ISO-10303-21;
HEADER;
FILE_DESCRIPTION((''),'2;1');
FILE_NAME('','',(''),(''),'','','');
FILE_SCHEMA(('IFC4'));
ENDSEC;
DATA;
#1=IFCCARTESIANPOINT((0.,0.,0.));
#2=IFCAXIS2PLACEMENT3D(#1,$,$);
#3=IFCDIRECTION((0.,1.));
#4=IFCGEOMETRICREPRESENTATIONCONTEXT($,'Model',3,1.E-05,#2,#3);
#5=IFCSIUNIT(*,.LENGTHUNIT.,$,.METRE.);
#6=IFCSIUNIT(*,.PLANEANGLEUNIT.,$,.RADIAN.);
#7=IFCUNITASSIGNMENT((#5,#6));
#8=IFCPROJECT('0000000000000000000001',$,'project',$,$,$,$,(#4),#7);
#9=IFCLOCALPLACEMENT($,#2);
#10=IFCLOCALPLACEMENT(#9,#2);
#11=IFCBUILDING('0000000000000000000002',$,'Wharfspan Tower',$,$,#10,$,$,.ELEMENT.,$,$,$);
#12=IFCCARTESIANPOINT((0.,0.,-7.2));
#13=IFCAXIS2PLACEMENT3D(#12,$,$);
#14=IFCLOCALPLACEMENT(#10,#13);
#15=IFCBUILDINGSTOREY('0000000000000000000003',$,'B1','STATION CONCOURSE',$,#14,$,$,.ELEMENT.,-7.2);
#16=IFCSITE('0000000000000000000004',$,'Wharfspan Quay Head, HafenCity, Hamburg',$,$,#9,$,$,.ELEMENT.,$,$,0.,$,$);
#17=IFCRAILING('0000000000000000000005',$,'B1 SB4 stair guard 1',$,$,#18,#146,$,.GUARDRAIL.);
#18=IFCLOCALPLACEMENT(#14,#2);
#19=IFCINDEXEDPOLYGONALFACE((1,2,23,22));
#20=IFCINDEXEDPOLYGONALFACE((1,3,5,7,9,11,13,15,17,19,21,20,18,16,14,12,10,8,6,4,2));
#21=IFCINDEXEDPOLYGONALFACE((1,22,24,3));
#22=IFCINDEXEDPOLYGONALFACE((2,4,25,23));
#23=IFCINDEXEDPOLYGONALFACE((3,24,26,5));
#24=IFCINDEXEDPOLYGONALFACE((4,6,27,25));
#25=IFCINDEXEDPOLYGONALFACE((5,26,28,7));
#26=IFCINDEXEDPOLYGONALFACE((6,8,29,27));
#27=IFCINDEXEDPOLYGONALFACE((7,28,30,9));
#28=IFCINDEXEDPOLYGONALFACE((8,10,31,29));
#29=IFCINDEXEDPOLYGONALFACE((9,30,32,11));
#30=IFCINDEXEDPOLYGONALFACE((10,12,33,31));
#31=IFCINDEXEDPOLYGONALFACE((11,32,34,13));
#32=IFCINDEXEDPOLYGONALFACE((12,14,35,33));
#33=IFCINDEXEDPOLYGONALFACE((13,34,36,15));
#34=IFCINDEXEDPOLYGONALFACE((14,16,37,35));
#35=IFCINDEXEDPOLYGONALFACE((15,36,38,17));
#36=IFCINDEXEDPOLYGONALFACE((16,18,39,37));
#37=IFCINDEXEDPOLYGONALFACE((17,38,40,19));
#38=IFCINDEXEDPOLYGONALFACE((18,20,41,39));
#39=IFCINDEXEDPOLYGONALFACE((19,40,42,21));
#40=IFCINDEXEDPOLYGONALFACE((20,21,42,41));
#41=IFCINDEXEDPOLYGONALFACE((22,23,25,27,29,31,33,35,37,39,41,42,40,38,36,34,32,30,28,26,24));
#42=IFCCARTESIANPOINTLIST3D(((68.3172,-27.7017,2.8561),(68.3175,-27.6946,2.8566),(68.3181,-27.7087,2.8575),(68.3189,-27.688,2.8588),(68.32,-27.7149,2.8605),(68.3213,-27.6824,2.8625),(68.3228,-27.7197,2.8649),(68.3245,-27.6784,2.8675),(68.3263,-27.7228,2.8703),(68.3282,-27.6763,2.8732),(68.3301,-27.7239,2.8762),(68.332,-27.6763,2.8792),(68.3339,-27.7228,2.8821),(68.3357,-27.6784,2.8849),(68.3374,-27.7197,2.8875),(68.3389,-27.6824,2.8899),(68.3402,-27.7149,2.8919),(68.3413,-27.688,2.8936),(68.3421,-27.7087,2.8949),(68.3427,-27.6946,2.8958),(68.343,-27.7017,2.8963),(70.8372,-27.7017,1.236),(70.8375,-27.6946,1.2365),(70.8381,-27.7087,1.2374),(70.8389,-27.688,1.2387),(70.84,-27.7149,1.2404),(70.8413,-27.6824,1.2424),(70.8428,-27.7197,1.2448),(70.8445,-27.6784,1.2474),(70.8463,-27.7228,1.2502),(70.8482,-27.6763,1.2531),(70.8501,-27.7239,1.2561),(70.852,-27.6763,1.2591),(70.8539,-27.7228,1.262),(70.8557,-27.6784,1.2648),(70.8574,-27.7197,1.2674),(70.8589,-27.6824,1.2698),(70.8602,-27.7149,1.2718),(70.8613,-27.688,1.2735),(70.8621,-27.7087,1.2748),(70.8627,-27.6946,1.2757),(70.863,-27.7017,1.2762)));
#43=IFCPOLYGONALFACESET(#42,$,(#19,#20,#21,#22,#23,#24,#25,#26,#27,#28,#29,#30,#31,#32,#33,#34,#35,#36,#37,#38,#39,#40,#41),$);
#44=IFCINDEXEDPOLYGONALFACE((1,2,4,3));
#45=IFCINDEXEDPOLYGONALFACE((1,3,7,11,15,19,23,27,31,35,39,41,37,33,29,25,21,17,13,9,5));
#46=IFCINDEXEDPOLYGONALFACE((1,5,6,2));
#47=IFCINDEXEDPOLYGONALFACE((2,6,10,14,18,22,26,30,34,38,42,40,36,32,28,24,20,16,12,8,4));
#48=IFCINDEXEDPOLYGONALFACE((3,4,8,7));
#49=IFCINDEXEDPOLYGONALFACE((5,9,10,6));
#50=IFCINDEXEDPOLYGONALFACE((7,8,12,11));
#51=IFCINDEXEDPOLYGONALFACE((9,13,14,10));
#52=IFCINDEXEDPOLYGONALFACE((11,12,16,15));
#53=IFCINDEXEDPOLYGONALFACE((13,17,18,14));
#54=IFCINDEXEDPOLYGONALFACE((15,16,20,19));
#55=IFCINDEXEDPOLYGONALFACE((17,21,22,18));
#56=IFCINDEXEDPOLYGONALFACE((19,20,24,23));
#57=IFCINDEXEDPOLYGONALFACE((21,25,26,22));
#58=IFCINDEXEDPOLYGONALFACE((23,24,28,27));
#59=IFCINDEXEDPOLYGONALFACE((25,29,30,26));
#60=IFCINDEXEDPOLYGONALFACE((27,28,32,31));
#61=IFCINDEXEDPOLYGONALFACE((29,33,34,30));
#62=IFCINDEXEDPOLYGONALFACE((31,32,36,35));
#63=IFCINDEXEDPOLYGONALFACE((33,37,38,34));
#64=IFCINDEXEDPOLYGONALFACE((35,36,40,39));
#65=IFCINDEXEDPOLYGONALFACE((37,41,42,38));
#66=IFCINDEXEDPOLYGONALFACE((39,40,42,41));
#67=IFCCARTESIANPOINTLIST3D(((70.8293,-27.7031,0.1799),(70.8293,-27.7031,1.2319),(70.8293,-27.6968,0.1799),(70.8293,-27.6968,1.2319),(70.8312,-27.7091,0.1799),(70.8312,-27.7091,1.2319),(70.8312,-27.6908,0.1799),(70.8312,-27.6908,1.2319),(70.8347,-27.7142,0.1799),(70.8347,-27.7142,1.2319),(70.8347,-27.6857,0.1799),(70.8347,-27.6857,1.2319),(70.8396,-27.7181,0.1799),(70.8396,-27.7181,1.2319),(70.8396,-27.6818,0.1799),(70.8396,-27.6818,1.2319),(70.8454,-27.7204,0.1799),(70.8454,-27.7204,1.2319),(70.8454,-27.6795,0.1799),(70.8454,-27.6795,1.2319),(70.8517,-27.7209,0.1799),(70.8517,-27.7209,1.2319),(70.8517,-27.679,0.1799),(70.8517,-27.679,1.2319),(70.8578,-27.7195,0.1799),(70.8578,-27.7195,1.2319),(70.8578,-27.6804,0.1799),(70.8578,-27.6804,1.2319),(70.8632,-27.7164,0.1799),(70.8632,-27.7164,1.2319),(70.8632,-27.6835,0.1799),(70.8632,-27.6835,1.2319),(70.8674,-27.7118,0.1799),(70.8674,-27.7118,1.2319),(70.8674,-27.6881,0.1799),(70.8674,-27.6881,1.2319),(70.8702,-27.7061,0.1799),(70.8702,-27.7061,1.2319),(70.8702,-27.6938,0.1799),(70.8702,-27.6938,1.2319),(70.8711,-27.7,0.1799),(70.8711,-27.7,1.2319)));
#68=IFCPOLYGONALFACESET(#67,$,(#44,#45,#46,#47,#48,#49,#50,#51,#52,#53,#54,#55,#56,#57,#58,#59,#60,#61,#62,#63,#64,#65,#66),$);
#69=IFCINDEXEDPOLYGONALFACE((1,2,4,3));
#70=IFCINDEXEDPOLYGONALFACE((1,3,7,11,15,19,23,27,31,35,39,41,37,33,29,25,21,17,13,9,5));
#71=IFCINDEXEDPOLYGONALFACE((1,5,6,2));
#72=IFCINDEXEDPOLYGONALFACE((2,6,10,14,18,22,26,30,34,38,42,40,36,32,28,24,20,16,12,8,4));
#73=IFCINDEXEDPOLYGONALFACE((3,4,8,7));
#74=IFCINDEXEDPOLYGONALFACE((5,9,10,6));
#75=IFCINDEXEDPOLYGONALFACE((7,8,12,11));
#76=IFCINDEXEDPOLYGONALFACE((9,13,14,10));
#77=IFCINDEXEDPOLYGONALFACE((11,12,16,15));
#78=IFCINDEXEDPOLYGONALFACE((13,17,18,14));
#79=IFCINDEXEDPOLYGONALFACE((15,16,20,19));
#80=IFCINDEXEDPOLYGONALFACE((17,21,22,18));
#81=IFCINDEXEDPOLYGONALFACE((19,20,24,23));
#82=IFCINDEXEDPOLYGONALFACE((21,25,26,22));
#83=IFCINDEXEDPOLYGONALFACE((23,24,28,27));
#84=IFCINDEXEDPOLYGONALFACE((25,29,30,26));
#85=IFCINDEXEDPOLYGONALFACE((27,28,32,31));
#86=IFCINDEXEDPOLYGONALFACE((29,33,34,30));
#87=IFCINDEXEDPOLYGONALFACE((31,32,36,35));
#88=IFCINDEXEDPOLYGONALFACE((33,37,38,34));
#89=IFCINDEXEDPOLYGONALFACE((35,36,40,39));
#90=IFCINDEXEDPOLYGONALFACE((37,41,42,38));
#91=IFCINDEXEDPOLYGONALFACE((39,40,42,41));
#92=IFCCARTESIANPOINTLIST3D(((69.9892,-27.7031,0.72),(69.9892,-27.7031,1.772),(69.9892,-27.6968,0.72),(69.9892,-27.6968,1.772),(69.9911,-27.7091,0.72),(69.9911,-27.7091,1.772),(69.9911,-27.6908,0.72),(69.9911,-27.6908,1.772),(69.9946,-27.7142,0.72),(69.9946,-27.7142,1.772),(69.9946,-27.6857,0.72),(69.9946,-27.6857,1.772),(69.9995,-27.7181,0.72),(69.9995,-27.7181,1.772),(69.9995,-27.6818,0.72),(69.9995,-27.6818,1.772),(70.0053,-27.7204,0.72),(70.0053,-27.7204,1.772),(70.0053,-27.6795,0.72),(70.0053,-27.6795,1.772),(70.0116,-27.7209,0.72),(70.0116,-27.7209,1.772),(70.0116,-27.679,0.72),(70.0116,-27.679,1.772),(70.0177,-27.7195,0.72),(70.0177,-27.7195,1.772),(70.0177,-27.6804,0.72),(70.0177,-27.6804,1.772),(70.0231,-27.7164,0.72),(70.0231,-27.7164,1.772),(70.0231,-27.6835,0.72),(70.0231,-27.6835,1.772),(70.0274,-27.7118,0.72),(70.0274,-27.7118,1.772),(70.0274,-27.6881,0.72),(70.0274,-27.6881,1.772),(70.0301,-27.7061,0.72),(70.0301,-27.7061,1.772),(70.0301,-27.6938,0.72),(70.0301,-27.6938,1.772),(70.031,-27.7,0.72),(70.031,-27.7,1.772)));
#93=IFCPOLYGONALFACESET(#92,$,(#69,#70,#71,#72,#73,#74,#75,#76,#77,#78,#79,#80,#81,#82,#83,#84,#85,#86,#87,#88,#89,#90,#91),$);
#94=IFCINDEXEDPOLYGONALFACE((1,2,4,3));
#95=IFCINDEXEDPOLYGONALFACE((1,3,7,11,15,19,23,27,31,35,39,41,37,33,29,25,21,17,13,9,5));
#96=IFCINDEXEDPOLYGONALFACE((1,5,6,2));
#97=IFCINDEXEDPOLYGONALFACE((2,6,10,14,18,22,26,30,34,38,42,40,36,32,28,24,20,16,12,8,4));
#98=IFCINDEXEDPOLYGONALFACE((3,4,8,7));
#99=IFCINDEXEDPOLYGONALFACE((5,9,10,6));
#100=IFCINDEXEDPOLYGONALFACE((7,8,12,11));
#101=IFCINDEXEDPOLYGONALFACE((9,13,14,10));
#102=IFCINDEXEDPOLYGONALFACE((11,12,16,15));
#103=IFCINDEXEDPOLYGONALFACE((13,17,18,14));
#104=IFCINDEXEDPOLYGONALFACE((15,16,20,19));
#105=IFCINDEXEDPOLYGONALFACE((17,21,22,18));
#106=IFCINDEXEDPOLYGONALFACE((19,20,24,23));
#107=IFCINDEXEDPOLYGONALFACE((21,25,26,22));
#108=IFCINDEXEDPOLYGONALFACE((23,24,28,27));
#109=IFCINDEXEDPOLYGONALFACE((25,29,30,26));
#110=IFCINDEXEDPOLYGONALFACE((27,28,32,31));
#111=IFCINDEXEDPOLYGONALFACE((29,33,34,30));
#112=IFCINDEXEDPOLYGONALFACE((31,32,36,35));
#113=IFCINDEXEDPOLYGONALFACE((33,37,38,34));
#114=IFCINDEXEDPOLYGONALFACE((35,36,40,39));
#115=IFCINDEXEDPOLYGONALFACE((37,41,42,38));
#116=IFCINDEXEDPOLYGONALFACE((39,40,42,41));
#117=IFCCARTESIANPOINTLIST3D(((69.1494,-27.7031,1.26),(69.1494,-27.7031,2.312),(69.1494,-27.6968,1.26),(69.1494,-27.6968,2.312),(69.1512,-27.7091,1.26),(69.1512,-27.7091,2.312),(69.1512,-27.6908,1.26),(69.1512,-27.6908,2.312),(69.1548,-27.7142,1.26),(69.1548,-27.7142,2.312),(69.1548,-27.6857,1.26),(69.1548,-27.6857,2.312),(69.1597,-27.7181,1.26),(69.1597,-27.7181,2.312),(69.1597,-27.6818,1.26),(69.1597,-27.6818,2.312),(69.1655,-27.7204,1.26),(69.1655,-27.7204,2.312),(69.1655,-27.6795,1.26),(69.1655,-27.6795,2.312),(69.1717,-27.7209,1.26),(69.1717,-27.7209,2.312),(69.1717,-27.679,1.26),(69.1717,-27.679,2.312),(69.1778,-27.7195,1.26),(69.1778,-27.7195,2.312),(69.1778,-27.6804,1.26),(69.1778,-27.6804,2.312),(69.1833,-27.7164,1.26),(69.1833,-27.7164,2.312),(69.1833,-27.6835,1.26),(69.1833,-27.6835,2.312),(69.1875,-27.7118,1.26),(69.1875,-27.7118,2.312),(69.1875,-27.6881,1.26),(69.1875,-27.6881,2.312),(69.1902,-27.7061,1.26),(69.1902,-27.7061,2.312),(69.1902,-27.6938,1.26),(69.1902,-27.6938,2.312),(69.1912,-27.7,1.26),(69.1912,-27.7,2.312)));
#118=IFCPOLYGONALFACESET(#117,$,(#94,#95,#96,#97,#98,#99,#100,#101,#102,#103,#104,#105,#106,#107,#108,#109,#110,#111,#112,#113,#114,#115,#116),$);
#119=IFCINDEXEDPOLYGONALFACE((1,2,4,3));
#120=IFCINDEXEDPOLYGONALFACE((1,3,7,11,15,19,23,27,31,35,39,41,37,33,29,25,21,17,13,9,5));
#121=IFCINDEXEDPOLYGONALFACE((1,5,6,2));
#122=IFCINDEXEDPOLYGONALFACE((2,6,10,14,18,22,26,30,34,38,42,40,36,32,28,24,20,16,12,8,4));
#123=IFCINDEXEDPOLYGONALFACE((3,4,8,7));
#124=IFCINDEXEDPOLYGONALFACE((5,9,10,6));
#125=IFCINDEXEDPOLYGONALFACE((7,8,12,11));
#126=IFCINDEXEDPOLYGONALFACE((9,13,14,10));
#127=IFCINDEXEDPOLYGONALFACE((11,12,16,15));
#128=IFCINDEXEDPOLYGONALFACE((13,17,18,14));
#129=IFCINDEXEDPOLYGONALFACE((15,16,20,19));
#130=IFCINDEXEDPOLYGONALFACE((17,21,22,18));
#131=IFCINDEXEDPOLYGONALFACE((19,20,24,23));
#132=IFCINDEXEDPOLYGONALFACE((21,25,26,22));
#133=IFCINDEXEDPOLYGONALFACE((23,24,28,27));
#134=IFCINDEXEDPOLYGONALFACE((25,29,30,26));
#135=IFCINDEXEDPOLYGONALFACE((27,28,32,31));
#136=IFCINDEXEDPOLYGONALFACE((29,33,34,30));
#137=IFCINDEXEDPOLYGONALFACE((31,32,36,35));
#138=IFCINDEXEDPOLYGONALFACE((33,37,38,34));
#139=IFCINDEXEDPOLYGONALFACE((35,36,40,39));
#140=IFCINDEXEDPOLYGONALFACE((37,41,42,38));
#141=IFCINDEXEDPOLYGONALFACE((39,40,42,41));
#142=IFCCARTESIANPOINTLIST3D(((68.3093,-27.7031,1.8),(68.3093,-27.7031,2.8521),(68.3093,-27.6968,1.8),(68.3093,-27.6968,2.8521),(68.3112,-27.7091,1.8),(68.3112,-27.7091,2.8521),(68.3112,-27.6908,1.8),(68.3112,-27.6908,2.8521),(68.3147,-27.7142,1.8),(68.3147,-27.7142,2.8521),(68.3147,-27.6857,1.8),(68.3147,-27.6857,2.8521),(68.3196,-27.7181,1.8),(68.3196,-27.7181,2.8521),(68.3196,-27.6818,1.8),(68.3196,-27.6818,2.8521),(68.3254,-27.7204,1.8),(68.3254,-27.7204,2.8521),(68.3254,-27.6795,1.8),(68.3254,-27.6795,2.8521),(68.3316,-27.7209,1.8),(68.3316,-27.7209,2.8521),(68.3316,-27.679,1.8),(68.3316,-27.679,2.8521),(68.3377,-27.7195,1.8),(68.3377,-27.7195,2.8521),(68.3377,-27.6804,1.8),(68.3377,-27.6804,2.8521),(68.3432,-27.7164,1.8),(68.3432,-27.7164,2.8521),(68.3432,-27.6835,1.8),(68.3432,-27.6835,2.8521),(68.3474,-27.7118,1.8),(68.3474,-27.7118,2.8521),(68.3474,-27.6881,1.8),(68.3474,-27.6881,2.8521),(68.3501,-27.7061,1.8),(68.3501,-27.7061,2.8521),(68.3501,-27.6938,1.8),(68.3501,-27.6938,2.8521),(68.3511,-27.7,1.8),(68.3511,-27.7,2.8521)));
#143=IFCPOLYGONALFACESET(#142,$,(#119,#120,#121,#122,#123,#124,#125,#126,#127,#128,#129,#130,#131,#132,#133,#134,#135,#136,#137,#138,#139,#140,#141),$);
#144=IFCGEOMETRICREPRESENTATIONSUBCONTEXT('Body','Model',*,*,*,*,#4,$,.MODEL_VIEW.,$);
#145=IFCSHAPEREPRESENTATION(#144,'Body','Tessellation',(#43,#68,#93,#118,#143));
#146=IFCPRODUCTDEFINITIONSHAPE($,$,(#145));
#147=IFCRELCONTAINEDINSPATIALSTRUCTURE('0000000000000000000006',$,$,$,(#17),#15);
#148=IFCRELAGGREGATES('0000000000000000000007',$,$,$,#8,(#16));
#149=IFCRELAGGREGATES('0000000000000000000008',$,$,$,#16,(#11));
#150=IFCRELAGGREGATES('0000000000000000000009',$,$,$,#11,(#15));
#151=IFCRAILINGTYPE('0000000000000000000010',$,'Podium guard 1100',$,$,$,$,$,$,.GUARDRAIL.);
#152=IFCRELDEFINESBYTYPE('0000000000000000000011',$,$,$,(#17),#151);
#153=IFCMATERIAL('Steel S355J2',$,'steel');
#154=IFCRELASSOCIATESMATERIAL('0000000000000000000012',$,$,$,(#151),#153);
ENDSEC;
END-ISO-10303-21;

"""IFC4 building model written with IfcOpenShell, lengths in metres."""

from ifc_helpers import new_model, si_unit, direction, frame, origin, origin_2d, place, context, subcontext, project, spatial, circle, extrude, material, type_object, element, save


model = new_model("IFC4")

# Units and contexts
model_context = context("Model", 3, precision=1e-05, world=origin(), true_north=direction((0.0, 1.0)))
body_context = subcontext(model_context, "Body", "Model", "MODEL_VIEW")
ifc_project = project(units=[si_unit("LENGTHUNIT", "METRE"), si_unit("PLANEANGLEUNIT", "RADIAN")], contexts=[model_context])

# Site, building, storey
site_placement = place(None, origin())
site = spatial("IfcSite", under=ifc_project, at=site_placement, Name="Wharfspan Quay Head, HafenCity, Hamburg", CompositionType="ELEMENT", RefElevation=0.0)
building_placement = place(site_placement, origin())
building = spatial("IfcBuilding", under=site, at=building_placement, Name="Wharfspan Tower", CompositionType="ELEMENT")
storey_placement = place(building_placement, frame((0.0, 0.0, -7.2)))
storey = spatial("IfcBuildingStorey", under=building, at=storey_placement, Name="B1", Description="STATION CONCOURSE", CompositionType="ELEMENT", Elevation=-7.2)

# Railing
ifc_material_1 = material(Name="Steel S355J2", Category="steel")
railing_type_1 = type_object("IfcRailingType", Name="Podium guard 1100", PredefinedType="GUARDRAIL", material=ifc_material_1)
railing_1_placement = place(storey_placement, frame((70.8501, -27.7, 0.1799)))
element("IfcRailing", 1, at=railing_1_placement, inside=storey, type_object=railing_type_1, Name="B1 SB4 stair guard 1", PredefinedType="GUARDRAIL", context=body_context, shape_type="SweptSolid", body=[
    extrude(circle(Radius=0.0239, at=origin_2d()), frame((0.0, 0.0, 1.0762), z_axis=(-0.841163, 0.0, 0.540782), x_axis=(0.0, -1.0, 0.0)), (0.0, 0.0, 1.0), 2.9958),
    extrude(circle(Radius=0.021, at=origin_2d()), origin(), (0.0, 0.0, 1.0), 1.052),
    extrude(circle(Radius=0.021, at=origin_2d()), frame((-0.8401, 0.0, 0.54)), (0.0, 0.0, 1.0), 1.052),
    extrude(circle(Radius=0.021, at=origin_2d()), frame((-1.6799, 0.0, 1.0801)), (0.0, 0.0, 1.0), 1.052),
    extrude(circle(Radius=0.021, at=origin_2d()), frame((-2.52, 0.0, 1.6201)), (0.0, 0.0, 1.0), 1.052),
])

save(model, "model.ifc")
